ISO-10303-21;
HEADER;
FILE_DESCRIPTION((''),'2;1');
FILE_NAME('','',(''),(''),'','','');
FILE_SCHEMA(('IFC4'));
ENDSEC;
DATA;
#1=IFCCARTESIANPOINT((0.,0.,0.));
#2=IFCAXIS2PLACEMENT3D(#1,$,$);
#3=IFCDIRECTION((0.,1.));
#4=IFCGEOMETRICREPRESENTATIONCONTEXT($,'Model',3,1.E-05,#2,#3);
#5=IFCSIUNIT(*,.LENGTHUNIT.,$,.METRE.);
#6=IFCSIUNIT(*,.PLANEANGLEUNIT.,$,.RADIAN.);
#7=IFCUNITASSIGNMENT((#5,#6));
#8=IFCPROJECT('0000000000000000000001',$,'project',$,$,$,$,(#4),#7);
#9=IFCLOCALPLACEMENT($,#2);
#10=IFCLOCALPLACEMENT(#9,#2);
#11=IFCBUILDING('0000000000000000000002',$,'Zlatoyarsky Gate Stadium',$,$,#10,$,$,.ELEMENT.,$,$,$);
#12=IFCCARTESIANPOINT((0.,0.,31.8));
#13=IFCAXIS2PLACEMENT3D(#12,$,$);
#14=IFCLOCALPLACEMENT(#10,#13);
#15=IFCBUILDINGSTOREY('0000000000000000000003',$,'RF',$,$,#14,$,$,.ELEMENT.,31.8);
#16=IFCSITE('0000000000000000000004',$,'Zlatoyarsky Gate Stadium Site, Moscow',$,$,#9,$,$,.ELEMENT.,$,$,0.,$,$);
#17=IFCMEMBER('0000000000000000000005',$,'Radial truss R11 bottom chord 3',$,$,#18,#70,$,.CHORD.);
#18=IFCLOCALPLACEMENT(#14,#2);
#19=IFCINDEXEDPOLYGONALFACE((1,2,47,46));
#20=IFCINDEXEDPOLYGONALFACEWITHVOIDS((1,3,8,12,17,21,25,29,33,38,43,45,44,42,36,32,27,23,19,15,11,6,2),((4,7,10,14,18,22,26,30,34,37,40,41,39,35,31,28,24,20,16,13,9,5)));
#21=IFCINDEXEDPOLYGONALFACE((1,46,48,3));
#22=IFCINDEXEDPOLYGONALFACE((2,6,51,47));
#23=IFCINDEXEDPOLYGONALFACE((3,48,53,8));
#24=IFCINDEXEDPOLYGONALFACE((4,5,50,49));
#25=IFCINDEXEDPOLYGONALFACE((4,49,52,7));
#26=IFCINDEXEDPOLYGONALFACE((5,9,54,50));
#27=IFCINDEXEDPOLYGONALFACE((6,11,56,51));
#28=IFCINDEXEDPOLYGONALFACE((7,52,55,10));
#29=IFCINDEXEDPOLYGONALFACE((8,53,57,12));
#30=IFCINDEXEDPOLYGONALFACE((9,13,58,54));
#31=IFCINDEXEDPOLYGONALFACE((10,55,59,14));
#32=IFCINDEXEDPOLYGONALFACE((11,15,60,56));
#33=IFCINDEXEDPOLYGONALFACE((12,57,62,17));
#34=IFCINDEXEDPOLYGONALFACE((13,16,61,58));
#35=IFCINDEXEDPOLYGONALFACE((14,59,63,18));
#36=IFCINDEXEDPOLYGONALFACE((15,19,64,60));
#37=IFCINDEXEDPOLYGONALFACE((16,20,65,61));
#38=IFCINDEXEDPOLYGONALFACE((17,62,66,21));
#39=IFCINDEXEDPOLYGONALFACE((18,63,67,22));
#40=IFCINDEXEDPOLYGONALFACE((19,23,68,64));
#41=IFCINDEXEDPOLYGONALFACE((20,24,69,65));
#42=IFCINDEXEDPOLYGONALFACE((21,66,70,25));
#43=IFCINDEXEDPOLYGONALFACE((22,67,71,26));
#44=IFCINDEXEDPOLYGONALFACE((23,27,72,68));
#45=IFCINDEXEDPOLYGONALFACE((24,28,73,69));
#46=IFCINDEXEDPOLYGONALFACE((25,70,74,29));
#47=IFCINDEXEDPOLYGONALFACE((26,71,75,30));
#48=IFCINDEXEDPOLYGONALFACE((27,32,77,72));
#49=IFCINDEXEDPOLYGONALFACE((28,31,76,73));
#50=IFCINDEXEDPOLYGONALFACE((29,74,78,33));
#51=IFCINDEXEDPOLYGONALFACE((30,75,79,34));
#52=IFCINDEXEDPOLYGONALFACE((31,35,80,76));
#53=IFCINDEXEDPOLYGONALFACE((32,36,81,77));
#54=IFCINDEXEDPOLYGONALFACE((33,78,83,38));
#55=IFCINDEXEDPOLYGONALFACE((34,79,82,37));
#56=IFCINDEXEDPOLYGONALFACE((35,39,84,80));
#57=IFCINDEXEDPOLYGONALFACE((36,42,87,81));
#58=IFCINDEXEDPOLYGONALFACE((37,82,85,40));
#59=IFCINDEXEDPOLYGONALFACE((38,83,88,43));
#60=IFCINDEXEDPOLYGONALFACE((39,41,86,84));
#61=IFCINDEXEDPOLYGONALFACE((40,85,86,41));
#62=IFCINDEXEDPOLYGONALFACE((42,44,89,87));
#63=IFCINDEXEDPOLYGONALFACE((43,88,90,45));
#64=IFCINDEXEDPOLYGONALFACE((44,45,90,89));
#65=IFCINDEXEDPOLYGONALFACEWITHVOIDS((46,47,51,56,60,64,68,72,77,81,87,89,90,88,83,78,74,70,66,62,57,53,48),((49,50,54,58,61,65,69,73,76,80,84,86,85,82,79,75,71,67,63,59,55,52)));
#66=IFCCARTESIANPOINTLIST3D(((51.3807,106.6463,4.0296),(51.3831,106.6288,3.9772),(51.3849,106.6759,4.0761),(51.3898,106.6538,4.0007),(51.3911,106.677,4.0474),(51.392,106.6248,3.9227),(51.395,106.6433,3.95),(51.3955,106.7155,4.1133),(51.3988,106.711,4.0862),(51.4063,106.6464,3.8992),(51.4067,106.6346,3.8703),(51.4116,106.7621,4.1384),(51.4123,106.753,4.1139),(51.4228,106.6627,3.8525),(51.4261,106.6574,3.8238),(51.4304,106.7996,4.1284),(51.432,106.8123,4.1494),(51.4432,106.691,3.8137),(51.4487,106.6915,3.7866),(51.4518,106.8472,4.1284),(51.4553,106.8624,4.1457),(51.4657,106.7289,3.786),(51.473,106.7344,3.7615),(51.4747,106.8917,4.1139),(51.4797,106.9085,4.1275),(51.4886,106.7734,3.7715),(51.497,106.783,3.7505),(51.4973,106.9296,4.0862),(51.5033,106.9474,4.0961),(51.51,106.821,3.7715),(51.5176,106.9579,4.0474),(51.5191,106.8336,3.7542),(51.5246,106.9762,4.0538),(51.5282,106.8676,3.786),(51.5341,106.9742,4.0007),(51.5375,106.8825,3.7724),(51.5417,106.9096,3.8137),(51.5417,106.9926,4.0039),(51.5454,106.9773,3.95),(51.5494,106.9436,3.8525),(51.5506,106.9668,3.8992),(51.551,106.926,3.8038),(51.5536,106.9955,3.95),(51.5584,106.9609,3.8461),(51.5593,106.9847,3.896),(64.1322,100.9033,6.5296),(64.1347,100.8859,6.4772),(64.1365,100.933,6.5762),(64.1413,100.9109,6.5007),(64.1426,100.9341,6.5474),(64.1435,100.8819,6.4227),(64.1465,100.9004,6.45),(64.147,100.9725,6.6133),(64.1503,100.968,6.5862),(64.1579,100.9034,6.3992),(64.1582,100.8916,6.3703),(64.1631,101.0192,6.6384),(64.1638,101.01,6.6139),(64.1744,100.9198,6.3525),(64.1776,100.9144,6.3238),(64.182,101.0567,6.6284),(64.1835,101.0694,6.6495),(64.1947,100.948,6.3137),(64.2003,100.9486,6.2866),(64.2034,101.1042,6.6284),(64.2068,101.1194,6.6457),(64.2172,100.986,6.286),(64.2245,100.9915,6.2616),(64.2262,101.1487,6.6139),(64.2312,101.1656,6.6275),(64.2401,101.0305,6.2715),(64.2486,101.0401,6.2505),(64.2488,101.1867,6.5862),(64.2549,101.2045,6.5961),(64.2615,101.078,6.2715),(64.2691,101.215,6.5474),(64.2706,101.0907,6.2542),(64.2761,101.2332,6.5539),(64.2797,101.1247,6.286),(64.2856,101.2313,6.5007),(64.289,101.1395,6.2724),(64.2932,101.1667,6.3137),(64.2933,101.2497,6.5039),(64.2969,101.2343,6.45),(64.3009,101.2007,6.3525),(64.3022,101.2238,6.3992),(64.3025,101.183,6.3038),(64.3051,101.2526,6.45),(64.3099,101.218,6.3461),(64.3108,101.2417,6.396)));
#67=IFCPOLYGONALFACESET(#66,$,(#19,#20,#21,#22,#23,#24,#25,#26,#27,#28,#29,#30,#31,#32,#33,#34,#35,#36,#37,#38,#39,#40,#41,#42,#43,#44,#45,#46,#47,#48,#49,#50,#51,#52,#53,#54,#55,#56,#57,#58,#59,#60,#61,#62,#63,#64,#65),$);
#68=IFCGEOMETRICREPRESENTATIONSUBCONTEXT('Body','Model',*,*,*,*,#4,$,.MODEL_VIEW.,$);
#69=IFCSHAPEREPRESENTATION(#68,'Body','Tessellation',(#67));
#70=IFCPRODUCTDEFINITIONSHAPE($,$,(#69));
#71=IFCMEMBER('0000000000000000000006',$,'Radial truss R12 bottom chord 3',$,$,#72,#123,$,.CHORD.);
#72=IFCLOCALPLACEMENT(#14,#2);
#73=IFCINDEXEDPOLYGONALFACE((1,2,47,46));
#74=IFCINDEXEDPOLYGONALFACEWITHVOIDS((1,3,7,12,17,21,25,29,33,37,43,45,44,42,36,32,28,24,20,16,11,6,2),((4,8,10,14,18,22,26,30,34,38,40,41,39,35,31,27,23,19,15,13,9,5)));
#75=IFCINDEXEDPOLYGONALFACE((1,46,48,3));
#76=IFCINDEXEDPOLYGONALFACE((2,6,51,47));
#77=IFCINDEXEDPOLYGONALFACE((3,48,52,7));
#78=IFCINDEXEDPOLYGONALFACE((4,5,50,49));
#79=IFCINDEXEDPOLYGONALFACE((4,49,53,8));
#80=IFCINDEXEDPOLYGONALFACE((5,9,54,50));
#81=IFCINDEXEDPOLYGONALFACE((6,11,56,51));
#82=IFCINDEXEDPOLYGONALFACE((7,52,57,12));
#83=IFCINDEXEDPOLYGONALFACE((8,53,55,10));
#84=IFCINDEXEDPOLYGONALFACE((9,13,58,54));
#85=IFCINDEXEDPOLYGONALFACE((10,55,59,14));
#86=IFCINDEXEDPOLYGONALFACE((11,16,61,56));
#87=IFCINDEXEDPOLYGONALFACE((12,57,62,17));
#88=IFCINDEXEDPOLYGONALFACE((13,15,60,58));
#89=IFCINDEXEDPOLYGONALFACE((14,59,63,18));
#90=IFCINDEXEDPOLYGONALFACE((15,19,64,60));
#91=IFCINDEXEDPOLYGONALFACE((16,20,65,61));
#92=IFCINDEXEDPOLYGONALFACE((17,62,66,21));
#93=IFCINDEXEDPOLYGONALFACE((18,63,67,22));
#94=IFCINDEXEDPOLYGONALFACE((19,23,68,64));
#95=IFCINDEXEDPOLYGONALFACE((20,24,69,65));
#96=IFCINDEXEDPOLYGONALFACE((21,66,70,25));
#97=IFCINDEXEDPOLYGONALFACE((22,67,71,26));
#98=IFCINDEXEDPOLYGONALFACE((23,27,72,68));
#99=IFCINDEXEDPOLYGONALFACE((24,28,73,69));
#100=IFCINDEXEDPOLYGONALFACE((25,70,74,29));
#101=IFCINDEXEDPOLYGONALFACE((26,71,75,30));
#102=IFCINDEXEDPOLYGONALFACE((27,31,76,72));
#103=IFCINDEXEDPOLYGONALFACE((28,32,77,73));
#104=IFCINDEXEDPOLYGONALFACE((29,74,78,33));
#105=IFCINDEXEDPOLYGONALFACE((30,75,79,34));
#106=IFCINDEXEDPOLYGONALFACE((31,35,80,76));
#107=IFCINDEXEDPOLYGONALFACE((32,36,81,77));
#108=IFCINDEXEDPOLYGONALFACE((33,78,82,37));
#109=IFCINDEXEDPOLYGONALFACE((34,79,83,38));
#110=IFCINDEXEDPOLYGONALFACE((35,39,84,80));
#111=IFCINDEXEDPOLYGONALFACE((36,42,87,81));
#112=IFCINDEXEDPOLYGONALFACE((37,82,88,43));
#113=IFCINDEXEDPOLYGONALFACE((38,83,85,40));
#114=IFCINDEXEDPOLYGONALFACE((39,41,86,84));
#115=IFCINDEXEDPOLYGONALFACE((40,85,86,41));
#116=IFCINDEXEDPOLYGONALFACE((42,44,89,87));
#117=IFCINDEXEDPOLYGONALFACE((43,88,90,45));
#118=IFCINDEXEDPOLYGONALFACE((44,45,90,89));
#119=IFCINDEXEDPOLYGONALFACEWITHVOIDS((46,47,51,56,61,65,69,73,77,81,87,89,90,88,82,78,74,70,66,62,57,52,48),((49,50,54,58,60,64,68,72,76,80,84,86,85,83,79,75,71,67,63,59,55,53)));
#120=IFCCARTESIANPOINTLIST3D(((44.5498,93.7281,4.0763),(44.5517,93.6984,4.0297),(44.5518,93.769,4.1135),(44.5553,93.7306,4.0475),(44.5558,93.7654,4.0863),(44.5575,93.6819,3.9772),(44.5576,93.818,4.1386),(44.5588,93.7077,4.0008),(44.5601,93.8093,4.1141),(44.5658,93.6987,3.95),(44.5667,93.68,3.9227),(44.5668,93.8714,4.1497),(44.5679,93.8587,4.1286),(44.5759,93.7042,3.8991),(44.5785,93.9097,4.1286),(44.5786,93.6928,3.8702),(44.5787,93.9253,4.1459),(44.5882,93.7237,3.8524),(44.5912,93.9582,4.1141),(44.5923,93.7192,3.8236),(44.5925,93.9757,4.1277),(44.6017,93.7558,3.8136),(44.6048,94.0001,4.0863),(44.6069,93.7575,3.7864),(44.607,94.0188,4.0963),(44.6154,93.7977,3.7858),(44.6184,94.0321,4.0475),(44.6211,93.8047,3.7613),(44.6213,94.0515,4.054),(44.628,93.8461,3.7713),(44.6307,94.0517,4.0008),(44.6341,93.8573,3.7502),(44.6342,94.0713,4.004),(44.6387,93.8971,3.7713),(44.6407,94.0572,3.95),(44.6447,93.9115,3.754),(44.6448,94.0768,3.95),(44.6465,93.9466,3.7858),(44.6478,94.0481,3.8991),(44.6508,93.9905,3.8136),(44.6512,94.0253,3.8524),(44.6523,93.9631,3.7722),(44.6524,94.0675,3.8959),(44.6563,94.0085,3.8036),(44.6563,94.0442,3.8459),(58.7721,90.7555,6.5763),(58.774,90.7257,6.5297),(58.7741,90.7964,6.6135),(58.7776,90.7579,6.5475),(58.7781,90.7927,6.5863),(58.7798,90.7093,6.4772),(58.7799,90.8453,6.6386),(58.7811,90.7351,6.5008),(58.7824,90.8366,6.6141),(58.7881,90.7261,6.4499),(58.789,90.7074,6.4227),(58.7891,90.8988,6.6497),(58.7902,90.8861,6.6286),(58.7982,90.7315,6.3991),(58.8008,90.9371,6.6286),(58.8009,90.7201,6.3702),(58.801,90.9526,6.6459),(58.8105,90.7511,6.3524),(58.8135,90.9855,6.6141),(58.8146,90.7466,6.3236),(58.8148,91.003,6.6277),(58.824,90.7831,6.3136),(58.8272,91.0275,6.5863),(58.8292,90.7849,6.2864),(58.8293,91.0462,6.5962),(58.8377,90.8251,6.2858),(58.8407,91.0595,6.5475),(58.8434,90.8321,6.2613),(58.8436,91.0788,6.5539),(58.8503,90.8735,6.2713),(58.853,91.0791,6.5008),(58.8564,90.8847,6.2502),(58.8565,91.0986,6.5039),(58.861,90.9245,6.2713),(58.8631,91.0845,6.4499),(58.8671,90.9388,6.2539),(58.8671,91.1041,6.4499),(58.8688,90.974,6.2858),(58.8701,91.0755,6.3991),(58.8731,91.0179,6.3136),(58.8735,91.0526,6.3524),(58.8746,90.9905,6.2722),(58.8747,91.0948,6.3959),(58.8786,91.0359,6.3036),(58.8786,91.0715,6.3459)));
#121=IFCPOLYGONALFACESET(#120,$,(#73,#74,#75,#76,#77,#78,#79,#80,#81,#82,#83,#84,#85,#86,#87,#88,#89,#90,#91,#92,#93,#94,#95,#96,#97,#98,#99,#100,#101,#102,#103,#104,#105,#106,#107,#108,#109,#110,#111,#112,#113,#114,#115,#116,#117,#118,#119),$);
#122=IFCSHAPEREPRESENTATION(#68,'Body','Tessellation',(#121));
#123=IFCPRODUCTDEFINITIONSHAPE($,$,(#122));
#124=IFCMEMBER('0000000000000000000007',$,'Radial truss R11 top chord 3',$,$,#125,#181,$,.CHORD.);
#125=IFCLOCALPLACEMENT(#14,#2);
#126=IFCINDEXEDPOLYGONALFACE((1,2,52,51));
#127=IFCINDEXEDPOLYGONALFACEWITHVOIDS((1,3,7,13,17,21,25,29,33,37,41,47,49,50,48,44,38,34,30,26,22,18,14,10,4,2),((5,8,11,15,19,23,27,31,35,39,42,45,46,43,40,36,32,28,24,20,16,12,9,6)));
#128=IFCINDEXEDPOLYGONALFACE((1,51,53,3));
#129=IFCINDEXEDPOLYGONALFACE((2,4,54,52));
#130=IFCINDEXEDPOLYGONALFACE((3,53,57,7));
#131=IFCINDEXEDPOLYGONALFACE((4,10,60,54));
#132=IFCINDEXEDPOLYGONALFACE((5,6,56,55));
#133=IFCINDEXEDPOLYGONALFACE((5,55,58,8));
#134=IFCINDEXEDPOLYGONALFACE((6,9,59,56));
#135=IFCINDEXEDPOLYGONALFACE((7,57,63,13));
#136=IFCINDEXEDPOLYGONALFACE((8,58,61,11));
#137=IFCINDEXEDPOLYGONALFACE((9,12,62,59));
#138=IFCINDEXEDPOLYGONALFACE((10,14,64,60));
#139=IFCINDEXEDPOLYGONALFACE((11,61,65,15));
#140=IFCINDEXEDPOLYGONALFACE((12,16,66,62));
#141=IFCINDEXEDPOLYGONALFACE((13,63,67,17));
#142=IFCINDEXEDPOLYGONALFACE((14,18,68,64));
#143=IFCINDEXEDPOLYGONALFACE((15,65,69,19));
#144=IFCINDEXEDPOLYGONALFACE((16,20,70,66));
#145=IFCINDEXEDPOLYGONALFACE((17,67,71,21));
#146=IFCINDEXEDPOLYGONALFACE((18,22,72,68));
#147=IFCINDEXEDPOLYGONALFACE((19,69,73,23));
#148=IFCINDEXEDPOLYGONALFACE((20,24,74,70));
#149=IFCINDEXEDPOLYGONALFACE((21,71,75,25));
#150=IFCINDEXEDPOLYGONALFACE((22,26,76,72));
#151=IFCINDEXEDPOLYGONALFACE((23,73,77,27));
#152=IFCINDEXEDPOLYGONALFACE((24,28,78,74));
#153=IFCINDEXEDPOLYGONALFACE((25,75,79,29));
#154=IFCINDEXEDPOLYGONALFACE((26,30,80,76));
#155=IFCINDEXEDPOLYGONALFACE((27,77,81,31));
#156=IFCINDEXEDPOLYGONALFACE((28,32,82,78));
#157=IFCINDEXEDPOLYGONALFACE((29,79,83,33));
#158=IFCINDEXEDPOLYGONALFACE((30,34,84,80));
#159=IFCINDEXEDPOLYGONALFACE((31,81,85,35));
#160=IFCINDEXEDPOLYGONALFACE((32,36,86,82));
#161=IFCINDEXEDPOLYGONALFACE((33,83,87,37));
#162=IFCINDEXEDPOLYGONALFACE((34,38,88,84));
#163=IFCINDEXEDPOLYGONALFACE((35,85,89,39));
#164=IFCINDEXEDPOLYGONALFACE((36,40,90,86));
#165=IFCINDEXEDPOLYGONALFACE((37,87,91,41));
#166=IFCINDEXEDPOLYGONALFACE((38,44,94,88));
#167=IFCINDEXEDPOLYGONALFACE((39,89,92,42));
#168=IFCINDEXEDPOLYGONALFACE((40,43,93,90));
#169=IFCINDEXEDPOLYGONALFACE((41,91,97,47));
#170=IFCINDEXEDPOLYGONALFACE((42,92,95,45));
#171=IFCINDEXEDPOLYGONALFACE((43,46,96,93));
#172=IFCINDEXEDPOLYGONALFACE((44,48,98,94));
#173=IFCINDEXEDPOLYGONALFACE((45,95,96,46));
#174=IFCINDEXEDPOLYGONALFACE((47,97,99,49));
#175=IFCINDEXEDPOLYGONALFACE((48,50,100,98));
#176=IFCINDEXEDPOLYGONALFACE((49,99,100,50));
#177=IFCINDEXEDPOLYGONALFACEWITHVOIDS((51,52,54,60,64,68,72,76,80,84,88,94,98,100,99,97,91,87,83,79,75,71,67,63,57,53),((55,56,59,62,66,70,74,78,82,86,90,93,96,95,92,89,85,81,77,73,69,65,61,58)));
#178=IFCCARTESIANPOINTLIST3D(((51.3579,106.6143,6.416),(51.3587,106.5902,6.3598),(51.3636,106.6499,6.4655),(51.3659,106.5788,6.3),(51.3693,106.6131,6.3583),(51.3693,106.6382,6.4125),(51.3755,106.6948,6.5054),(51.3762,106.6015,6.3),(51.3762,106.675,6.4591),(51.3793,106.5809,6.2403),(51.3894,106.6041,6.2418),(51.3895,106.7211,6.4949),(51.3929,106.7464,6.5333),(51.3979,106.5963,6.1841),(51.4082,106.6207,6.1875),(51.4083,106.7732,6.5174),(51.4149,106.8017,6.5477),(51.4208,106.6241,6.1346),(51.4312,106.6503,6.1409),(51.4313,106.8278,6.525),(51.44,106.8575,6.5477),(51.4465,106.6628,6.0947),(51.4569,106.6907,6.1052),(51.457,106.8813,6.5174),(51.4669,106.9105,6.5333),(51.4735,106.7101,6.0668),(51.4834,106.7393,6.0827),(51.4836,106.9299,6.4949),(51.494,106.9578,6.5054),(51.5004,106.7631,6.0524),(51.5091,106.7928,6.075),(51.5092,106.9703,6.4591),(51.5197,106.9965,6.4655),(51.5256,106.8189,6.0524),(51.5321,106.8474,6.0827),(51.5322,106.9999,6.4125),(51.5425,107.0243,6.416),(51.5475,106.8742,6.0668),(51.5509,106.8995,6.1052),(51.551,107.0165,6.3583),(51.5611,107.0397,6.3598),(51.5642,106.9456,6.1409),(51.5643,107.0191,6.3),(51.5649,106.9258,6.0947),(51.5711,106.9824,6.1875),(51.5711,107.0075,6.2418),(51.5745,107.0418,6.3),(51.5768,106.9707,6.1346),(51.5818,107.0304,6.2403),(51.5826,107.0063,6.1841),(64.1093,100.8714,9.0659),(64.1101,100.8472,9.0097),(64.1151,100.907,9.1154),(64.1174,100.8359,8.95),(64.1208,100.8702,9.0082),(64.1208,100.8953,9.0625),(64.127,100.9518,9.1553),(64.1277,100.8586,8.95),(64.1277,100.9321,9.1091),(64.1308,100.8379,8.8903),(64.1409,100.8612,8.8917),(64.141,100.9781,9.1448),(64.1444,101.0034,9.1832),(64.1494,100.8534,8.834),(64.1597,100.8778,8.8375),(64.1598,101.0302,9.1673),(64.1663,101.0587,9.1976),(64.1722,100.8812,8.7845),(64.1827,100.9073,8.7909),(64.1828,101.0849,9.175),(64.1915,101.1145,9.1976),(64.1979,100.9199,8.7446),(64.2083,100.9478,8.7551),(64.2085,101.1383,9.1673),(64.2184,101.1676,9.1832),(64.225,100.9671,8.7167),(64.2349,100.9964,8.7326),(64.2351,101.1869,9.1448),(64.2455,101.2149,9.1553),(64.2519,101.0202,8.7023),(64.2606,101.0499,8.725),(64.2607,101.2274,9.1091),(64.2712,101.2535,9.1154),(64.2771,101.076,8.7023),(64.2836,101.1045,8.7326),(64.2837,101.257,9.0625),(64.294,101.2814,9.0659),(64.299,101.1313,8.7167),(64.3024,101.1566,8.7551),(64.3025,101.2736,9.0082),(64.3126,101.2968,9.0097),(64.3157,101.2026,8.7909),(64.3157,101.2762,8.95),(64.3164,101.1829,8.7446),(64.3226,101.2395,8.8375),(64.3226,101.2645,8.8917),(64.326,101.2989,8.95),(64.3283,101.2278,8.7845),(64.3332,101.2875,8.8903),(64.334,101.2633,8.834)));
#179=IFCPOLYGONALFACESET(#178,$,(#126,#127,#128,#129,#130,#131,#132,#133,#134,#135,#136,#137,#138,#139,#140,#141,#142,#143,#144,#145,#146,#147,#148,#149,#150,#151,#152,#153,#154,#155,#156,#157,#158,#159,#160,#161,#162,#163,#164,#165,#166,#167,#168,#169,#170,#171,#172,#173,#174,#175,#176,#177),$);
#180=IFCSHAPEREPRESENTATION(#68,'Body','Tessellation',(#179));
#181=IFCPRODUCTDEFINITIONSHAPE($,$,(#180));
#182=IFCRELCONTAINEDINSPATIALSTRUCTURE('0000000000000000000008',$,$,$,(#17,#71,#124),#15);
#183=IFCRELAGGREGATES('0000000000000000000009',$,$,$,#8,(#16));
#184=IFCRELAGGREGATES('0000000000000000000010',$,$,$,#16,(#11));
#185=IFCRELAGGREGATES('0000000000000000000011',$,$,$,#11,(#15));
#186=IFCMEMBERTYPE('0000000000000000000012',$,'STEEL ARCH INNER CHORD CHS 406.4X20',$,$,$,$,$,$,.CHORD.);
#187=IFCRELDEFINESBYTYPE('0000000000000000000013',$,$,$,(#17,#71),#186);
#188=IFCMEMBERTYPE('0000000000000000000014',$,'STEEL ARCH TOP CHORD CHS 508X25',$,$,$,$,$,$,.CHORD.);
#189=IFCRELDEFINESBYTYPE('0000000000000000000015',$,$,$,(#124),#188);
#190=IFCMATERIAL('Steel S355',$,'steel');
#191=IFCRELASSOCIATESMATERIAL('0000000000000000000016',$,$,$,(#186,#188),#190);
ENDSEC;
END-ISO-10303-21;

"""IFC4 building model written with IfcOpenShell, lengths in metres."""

from ifc_helpers import new_model, si_unit, direction, frame, origin, origin_2d, place, context, subcontext, project, spatial, hollow_circle, extrude, material, material_profile, profile_set, type_object, element, save


model = new_model("IFC4")

# Units and contexts
model_context = context("Model", 3, precision=1e-05, world=origin(), true_north=direction((0.0, 1.0)))
body_context = subcontext(model_context, "Body", "Model", "MODEL_VIEW")
ifc_project = project(units=[si_unit("LENGTHUNIT", "METRE"), si_unit("PLANEANGLEUNIT", "RADIAN")], contexts=[model_context])

# Site, building, storey
site_placement = place(None, origin())
site = spatial("IfcSite", under=ifc_project, at=site_placement, Name="Zlatoyarsky Gate Stadium Site, Moscow", CompositionType="ELEMENT", RefElevation=0.0)
building_placement = place(site_placement, origin())
building = spatial("IfcBuilding", under=site, at=building_placement, Name="Zlatoyarsky Gate Stadium", CompositionType="ELEMENT")
storey_placement = place(building_placement, frame((0.0, 0.0, 31.8)))
storey = spatial("IfcBuildingStorey", under=building, at=storey_placement, Name="RF", CompositionType="ELEMENT", Elevation=31.8)

# Members
ifc_material_1 = material(Name="Steel S355", Category="steel")
ifc_material_profile_1 = material_profile(ifc_material_1, hollow_circle(Radius=0.2031, WallThickness=0.02, at=origin_2d()), Name="CHS 406.4X20")
ifc_profile_set_1 = profile_set([ifc_material_profile_1], Name="Steel S355")
member_type_1 = type_object("IfcMemberType", Name="STEEL ARCH INNER CHORD CHS 406.4X20", PredefinedType="CHORD", material=ifc_profile_set_1)
member_1_placement = place(storey_placement, frame((51.4702, 106.8103, 3.95), z_axis=(0.897566, -0.40424, 0.175973), x_axis=(0.410648, 0.911794, 0.0)))
element("IfcMember", 1, at=member_1_placement, inside=storey, type_object=member_type_1, Name="Radial truss R11 bottom chord 3", PredefinedType="CHORD", context=body_context, shape_type="SweptSolid", body=[
    extrude(hollow_circle(Radius=0.2031, WallThickness=0.02, at=origin_2d()), origin(), (0.0, 0.0, 1.0), 14.2068),
])
member_2_placement = place(storey_placement, frame((44.6033, 93.8779, 3.95), z_axis=(0.964672, -0.201628, 0.169569), x_axis=(0.204591, 0.978848, 0.0)))
element("IfcMember", 2, at=member_2_placement, inside=storey, type_object=member_type_1, Name="Radial truss R12 bottom chord 3", PredefinedType="CHORD", context=body_context, shape_type="SweptSolid", body=[
    extrude(hollow_circle(Radius=0.2031, WallThickness=0.02, at=origin_2d()), origin(), (0.0, 0.0, 1.0), 14.7432),
])
ifc_material_profile_2 = material_profile(ifc_material_1, hollow_circle(Radius=0.2539, WallThickness=0.0249, at=origin_2d()), Name="CHS 508X25")
ifc_profile_set_2 = profile_set([ifc_material_profile_2], Name="Steel S355")
member_type_2 = type_object("IfcMemberType", Name="STEEL ARCH TOP CHORD CHS 508X25", PredefinedType="CHORD", material=ifc_profile_set_2)
member_3_placement = place(storey_placement, frame((51.4702, 106.8103, 6.3), z_axis=(0.895854, -0.403469, 0.186169), x_axis=(0.410648, 0.911794, 0.0)))
element("IfcMember", 3, at=member_3_placement, inside=storey, type_object=member_type_2, Name="Radial truss R11 top chord 3", PredefinedType="CHORD", context=body_context, shape_type="SweptSolid", body=[
    extrude(hollow_circle(Radius=0.2539, WallThickness=0.0249, at=origin_2d()), origin(), (0.0, 0.0, 1.0), 14.2339),
])

save(model, "model.ifc")
